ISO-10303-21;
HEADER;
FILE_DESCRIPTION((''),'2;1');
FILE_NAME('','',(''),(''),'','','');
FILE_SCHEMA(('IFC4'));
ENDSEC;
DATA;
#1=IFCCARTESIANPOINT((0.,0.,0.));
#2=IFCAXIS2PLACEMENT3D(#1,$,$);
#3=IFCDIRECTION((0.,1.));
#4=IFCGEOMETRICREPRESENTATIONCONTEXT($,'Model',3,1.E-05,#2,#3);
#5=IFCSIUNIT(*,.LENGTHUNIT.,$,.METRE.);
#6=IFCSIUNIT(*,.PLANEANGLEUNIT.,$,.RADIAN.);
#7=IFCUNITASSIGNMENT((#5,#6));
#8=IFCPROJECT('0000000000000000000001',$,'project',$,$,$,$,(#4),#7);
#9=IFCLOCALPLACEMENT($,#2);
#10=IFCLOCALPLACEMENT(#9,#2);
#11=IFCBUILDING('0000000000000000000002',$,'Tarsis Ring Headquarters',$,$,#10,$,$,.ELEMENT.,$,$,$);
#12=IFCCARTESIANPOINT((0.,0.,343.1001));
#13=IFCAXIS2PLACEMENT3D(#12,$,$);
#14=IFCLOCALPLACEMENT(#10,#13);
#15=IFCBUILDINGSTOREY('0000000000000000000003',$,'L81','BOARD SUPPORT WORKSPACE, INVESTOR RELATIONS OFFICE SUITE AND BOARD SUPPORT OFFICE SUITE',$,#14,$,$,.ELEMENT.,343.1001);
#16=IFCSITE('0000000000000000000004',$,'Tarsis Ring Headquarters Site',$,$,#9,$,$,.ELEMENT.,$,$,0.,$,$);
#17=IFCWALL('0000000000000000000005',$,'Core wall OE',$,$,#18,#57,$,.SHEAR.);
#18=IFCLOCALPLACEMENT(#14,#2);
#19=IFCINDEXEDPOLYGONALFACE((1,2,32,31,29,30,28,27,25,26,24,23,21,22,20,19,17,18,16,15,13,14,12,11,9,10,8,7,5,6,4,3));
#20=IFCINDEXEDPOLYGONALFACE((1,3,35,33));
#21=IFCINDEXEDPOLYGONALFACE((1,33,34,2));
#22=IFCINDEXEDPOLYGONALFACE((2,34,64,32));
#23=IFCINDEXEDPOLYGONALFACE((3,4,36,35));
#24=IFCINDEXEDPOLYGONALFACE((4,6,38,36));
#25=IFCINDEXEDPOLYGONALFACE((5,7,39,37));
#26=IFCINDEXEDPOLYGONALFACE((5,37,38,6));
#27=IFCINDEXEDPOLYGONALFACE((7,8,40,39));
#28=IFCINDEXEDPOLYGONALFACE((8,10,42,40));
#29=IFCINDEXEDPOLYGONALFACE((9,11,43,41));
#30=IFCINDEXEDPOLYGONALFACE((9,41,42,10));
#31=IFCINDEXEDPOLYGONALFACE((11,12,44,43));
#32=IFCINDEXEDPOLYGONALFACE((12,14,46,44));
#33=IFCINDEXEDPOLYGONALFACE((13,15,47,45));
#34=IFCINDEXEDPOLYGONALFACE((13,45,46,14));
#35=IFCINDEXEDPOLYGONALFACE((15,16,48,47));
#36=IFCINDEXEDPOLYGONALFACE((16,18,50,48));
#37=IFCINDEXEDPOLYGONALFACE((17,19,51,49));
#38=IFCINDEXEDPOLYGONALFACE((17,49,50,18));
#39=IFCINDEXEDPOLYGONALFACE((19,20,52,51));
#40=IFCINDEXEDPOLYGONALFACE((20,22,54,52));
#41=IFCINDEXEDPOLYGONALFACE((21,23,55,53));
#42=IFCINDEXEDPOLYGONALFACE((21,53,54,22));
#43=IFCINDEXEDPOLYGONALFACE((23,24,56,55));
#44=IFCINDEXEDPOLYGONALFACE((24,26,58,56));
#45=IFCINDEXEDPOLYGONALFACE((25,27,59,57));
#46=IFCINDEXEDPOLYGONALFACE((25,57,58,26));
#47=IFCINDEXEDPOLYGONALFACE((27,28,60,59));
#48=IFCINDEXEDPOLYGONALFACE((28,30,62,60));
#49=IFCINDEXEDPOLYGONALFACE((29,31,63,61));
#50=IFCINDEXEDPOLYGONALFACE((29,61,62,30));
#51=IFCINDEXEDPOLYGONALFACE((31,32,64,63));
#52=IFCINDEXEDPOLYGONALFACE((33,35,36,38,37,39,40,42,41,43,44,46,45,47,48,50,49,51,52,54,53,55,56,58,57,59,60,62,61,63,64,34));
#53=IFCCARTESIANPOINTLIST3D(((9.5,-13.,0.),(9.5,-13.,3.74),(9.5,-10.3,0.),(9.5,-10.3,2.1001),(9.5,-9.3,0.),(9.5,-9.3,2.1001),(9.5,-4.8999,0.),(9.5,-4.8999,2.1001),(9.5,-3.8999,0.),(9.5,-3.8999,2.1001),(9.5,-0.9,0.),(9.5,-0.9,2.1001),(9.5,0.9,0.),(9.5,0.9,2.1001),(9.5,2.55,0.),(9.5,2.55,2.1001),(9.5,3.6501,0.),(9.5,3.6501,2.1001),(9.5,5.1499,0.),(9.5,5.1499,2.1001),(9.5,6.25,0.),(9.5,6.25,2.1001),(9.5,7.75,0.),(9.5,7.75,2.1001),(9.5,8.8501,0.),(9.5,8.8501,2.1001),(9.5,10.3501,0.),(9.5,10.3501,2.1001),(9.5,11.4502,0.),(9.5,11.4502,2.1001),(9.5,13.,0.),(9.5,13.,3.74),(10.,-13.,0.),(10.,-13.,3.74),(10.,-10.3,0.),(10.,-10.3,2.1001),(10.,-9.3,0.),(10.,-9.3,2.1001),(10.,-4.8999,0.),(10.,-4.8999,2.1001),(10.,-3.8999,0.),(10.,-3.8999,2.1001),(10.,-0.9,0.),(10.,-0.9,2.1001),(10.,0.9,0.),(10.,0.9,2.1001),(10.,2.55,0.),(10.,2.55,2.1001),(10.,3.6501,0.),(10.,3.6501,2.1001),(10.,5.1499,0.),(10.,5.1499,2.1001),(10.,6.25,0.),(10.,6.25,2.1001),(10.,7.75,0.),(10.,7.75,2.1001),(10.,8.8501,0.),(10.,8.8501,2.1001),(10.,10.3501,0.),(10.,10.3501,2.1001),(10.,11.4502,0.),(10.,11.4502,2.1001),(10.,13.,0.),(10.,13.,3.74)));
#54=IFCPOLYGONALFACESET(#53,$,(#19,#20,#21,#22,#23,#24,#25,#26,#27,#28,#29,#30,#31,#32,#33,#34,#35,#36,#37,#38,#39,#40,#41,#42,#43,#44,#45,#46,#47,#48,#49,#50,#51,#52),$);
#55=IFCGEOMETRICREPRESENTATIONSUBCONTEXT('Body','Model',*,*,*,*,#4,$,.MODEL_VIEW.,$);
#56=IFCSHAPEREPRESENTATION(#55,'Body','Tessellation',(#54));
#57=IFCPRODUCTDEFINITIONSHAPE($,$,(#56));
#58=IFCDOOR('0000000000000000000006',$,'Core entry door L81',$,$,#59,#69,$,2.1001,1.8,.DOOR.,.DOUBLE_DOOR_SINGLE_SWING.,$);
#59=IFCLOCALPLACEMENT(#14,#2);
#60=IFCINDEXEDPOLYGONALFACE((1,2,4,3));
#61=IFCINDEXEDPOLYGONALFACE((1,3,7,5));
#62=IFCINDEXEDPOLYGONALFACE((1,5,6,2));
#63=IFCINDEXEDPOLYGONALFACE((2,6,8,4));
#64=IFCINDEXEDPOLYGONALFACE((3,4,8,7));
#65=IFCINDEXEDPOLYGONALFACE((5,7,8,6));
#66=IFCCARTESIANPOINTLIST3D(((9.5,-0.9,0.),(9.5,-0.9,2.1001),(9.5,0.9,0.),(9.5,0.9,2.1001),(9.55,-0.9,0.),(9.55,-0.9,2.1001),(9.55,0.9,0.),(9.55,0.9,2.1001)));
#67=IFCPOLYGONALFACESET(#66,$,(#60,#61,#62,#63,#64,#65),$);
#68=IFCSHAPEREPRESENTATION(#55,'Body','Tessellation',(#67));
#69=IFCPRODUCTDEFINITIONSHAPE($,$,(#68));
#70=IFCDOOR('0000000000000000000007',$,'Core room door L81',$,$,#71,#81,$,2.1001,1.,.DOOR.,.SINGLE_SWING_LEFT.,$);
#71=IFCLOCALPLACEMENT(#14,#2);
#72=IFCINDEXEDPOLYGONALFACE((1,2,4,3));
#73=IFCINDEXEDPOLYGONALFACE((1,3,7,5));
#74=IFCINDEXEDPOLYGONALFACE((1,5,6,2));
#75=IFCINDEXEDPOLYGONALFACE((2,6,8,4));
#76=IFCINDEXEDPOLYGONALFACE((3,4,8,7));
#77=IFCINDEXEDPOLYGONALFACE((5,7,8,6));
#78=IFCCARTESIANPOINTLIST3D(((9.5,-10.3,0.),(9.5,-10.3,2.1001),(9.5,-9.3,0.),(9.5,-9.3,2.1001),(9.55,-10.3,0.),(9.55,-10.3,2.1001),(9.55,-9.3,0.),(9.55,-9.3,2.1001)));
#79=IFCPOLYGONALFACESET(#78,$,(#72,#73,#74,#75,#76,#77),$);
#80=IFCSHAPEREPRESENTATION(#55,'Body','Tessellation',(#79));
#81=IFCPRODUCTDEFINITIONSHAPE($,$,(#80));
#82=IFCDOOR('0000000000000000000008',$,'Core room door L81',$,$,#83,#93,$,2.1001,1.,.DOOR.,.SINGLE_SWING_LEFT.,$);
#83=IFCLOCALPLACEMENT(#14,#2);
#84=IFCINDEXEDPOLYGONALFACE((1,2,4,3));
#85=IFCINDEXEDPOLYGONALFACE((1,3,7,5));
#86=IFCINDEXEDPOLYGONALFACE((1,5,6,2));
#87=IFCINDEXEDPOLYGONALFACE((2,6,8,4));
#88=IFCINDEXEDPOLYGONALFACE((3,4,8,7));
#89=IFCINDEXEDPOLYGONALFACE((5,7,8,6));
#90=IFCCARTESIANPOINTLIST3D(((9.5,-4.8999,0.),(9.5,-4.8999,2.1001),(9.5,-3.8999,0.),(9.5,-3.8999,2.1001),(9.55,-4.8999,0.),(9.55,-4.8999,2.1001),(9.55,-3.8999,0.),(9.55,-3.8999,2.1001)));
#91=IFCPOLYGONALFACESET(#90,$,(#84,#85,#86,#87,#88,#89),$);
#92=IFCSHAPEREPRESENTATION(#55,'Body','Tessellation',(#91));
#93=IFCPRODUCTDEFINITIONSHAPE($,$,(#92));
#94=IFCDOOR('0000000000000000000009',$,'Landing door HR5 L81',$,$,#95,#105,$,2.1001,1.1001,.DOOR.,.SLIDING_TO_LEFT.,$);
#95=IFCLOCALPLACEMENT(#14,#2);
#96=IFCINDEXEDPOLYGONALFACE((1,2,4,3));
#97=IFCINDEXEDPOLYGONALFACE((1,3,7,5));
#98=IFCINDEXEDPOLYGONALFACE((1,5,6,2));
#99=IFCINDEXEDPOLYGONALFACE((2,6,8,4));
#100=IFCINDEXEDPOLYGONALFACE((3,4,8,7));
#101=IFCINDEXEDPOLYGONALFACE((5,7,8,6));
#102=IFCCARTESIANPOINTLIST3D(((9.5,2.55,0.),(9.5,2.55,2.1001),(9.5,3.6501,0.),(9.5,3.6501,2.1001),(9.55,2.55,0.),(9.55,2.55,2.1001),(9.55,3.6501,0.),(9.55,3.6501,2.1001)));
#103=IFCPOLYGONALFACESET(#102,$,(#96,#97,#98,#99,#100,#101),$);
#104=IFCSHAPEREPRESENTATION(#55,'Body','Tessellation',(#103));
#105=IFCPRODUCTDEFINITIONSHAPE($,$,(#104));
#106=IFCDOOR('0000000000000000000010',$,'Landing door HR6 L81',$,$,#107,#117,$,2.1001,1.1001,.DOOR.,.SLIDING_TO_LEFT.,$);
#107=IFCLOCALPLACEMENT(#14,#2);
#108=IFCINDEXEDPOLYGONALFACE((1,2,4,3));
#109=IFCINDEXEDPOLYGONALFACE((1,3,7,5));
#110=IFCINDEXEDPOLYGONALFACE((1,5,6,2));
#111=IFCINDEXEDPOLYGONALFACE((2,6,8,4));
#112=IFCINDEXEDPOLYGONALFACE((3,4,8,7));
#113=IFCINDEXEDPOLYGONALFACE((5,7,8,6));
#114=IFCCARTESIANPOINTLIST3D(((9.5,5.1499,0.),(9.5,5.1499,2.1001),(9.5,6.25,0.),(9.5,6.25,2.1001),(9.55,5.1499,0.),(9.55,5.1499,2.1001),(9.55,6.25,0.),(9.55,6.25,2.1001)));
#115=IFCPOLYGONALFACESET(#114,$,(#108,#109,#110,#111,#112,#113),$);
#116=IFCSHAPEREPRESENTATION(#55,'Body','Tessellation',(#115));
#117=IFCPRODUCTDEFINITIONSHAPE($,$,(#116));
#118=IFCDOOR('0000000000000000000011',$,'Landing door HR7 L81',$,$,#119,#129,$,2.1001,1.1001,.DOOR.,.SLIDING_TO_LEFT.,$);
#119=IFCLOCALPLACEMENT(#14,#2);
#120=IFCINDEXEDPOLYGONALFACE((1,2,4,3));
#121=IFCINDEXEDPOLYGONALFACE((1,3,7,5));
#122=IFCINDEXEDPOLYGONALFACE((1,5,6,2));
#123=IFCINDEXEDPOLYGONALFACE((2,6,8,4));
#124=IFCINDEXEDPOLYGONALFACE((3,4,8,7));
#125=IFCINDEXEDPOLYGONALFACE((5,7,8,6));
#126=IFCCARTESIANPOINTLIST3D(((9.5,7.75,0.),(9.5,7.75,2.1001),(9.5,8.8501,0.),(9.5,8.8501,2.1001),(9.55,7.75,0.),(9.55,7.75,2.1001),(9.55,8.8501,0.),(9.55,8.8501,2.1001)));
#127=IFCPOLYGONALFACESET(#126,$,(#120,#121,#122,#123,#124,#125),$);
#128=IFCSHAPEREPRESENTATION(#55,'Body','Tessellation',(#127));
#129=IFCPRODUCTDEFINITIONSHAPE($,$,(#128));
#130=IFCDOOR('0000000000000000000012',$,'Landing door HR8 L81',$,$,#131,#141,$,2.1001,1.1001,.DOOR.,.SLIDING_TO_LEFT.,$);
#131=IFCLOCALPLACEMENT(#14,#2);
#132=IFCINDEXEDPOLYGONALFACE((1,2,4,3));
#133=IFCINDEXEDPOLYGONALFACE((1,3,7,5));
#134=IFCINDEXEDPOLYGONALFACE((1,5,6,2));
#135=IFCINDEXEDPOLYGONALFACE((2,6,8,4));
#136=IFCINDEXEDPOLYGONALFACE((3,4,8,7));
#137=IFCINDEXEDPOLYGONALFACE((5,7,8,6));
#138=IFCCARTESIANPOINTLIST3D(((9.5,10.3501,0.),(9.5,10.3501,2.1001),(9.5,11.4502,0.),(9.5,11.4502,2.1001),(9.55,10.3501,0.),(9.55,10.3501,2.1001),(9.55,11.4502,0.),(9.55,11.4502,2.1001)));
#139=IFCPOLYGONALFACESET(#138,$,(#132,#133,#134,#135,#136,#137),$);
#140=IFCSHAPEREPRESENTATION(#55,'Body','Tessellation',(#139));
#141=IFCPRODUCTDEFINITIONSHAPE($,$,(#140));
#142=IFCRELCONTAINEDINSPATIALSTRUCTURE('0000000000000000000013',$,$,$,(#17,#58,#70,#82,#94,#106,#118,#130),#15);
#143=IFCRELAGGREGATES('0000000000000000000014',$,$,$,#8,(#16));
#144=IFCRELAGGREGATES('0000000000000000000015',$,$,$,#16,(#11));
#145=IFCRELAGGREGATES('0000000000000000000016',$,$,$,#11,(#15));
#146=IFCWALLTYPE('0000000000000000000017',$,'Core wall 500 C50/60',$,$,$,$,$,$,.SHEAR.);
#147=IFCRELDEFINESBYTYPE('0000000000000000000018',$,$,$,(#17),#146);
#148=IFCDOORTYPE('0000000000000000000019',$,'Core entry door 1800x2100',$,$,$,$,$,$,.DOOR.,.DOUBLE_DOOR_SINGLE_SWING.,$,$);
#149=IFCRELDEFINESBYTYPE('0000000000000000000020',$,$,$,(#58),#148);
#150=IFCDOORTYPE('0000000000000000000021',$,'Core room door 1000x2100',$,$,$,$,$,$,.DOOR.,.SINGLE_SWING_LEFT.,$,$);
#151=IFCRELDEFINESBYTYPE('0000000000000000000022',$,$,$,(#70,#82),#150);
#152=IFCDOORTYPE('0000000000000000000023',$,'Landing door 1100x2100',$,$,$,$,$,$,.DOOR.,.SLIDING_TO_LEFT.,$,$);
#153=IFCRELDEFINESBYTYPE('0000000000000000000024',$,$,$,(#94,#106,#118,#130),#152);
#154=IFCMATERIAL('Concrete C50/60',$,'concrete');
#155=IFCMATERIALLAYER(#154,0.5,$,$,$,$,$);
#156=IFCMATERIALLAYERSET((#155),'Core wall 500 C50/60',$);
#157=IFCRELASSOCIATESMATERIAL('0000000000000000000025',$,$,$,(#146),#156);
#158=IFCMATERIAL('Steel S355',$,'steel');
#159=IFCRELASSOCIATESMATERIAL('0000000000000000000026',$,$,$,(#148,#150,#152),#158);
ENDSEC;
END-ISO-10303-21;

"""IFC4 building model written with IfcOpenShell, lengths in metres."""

from ifc_helpers import new_model, si_unit, direction, frame, frame_2d, origin, place, context, subcontext, project, spatial, rectangle, extrude, material, layer, layer_set, type_object, element, fill, save


model = new_model("IFC4")

# Units and contexts
model_context = context("Model", 3, precision=1e-05, world=origin(), true_north=direction((0.0, 1.0)))
body_context = subcontext(model_context, "Body", "Model", "MODEL_VIEW")
ifc_project = project(units=[si_unit("LENGTHUNIT", "METRE"), si_unit("PLANEANGLEUNIT", "RADIAN")], contexts=[model_context])

# Site, building, storey
site_placement = place(None, origin())
site = spatial("IfcSite", under=ifc_project, at=site_placement, Name="Tarsis Ring Headquarters Site", CompositionType="ELEMENT", RefElevation=0.0)
building_placement = place(site_placement, origin())
building = spatial("IfcBuilding", under=site, at=building_placement, Name="Tarsis Ring Headquarters", CompositionType="ELEMENT")
storey_placement = place(building_placement, frame((0.0, 0.0, 343.1001)))
storey = spatial("IfcBuildingStorey", under=building, at=storey_placement, Name="L81", Description="BOARD SUPPORT WORKSPACE, INVESTOR RELATIONS OFFICE SUITE AND BOARD SUPPORT OFFICE SUITE", CompositionType="ELEMENT", Elevation=343.1001)

# Wall, openings, doors
ifc_material_1 = material(Name="Concrete C50/60", Category="concrete")
ifc_layer_1 = layer(ifc_material_1, 0.5)
ifc_layer_set_1 = layer_set([ifc_layer_1], Name="Core wall 500 C50/60")
wall_type_1 = type_object("IfcWallType", Name="Core wall 500 C50/60", PredefinedType="SHEAR", material=ifc_layer_set_1)
wall_1_placement = place(storey_placement, frame((9.75, -13.0, 0.0), z_axis=(0.0, 0.0, 1.0), x_axis=(0.0, 1.0, 0.0)))
wall_1 = element("IfcWall", 1, at=wall_1_placement, inside=storey, type_object=wall_type_1, Name="Core wall OE", PredefinedType="SHEAR", context=body_context, shape_type="SweptSolid", body=[
    extrude(rectangle(XDim=26.0, YDim=0.5, at=frame_2d((13.0, 0.0))), origin(), (0.0, 0.0, 1.0), 3.74),
])
opening_1_placement = place(wall_1_placement, frame((2.7, 0.0, 0.0)))
opening_1 = element("IfcOpeningElement", 2, at=opening_1_placement, cuts=wall_1, PredefinedType="OPENING", context=body_context, shape_type="SweptSolid", body=[
    extrude(rectangle(XDim=1.0, YDim=2.1001, at=frame_2d((0.5, 1.05))), frame((0.0, 0.26, 0.0), z_axis=(0.0, -1.0, 0.0), x_axis=(1.0, 0.0, 0.0)), (0.0, 0.0, 1.0), 0.52),
])
opening_2_placement = place(wall_1_placement, frame((8.1001, 0.0, 0.0)))
opening_2 = element("IfcOpeningElement", 3, at=opening_2_placement, cuts=wall_1, PredefinedType="OPENING", context=body_context, shape_type="SweptSolid", body=[
    extrude(rectangle(XDim=1.0, YDim=2.1001, at=frame_2d((0.5, 1.05))), frame((0.0, 0.26, 0.0), z_axis=(0.0, -1.0, 0.0), x_axis=(1.0, 0.0, 0.0)), (0.0, 0.0, 1.0), 0.52),
])
opening_3_placement = place(wall_1_placement, frame((12.1001, 0.0, 0.0)))
opening_3 = element("IfcOpeningElement", 4, at=opening_3_placement, cuts=wall_1, PredefinedType="OPENING", context=body_context, shape_type="SweptSolid", body=[
    extrude(rectangle(XDim=1.8, YDim=2.1001, at=frame_2d((0.8999, 1.05))), frame((0.0, 0.26, 0.0), z_axis=(0.0, -1.0, 0.0), x_axis=(1.0, 0.0, 0.0)), (0.0, 0.0, 1.0), 0.52),
])
opening_4_placement = place(wall_1_placement, frame((15.55, 0.0, 0.0)))
opening_4 = element("IfcOpeningElement", 5, at=opening_4_placement, cuts=wall_1, PredefinedType="OPENING", context=body_context, shape_type="SweptSolid", body=[
    extrude(rectangle(XDim=1.1001, YDim=2.1001, at=frame_2d((0.55, 1.05))), frame((0.0, 0.26, 0.0), z_axis=(0.0, -1.0, 0.0), x_axis=(1.0, 0.0, 0.0)), (0.0, 0.0, 1.0), 0.52),
])
opening_5_placement = place(wall_1_placement, frame((18.1499, 0.0, 0.0)))
opening_5 = element("IfcOpeningElement", 6, at=opening_5_placement, cuts=wall_1, PredefinedType="OPENING", context=body_context, shape_type="SweptSolid", body=[
    extrude(rectangle(XDim=1.1001, YDim=2.1001, at=frame_2d((0.55, 1.05))), frame((0.0, 0.26, 0.0), z_axis=(0.0, -1.0, 0.0), x_axis=(1.0, 0.0, 0.0)), (0.0, 0.0, 1.0), 0.52),
])
opening_6_placement = place(wall_1_placement, frame((20.75, 0.0, 0.0)))
opening_6 = element("IfcOpeningElement", 7, at=opening_6_placement, cuts=wall_1, PredefinedType="OPENING", context=body_context, shape_type="SweptSolid", body=[
    extrude(rectangle(XDim=1.1001, YDim=2.1001, at=frame_2d((0.55, 1.05))), frame((0.0, 0.26, 0.0), z_axis=(0.0, -1.0, 0.0), x_axis=(1.0, 0.0, 0.0)), (0.0, 0.0, 1.0), 0.52),
])
opening_7_placement = place(wall_1_placement, frame((23.3501, 0.0, 0.0)))
opening_7 = element("IfcOpeningElement", 8, at=opening_7_placement, cuts=wall_1, PredefinedType="OPENING", context=body_context, shape_type="SweptSolid", body=[
    extrude(rectangle(XDim=1.1001, YDim=2.1001, at=frame_2d((0.55, 1.05))), frame((0.0, 0.26, 0.0), z_axis=(0.0, -1.0, 0.0), x_axis=(1.0, 0.0, 0.0)), (0.0, 0.0, 1.0), 0.52),
])
ifc_material_2 = material(Name="Steel S355", Category="steel")
door_type_1 = type_object("IfcDoorType", Name="Core entry door 1800x2100", OperationType="DOUBLE_DOOR_SINGLE_SWING", PredefinedType="DOOR", material=ifc_material_2)
door_1_placement = place(opening_3_placement, origin())
door_1 = element("IfcDoor", 9, at=door_1_placement, inside=storey, type_object=door_type_1, Name="Core entry door L81", OperationType="DOUBLE_DOOR_SINGLE_SWING", OverallHeight=2.1001, OverallWidth=1.8, PredefinedType="DOOR", context=body_context, shape_type="SweptSolid", body=[
    extrude(rectangle(XDim=1.8, YDim=2.1001, at=frame_2d((0.8999, 1.05))), frame((0.0, 0.25, 0.0), z_axis=(0.0, -1.0, 0.0), x_axis=(1.0, 0.0, 0.0)), (0.0, 0.0, 1.0), 0.05),
])
fill(opening_3, door_1)
door_type_2 = type_object("IfcDoorType", Name="Core room door 1000x2100", OperationType="SINGLE_SWING_LEFT", PredefinedType="DOOR", material=ifc_material_2)
door_2_placement = place(opening_1_placement, origin())
door_2 = element("IfcDoor", 10, at=door_2_placement, inside=storey, type_object=door_type_2, Name="Core room door L81", OperationType="SINGLE_SWING_LEFT", OverallHeight=2.1001, OverallWidth=1.0, PredefinedType="DOOR", context=body_context, shape_type="SweptSolid", body=[
    extrude(rectangle(XDim=1.0, YDim=2.1001, at=frame_2d((0.5, 1.05))), frame((0.0, 0.25, 0.0), z_axis=(0.0, -1.0, 0.0), x_axis=(1.0, 0.0, 0.0)), (0.0, 0.0, 1.0), 0.05),
])
fill(opening_1, door_2)
door_3_placement = place(opening_2_placement, origin())
door_3 = element("IfcDoor", 11, at=door_3_placement, inside=storey, type_object=door_type_2, Name="Core room door L81", OperationType="SINGLE_SWING_LEFT", OverallHeight=2.1001, OverallWidth=1.0, PredefinedType="DOOR", context=body_context, shape_type="SweptSolid", body=[
    extrude(rectangle(XDim=1.0, YDim=2.1001, at=frame_2d((0.5, 1.05))), frame((0.0, 0.25, 0.0), z_axis=(0.0, -1.0, 0.0), x_axis=(1.0, 0.0, 0.0)), (0.0, 0.0, 1.0), 0.05),
])
fill(opening_2, door_3)
door_type_3 = type_object("IfcDoorType", Name="Landing door 1100x2100", OperationType="SLIDING_TO_LEFT", PredefinedType="DOOR", material=ifc_material_2)
door_4_placement = place(opening_4_placement, origin())
door_4 = element("IfcDoor", 12, at=door_4_placement, inside=storey, type_object=door_type_3, Name="Landing door HR5 L81", OperationType="SLIDING_TO_LEFT", OverallHeight=2.1001, OverallWidth=1.1001, PredefinedType="DOOR", context=body_context, shape_type="SweptSolid", body=[
    extrude(rectangle(XDim=1.1001, YDim=2.1001, at=frame_2d((0.55, 1.05))), frame((0.0, 0.25, 0.0), z_axis=(0.0, -1.0, 0.0), x_axis=(1.0, 0.0, 0.0)), (0.0, 0.0, 1.0), 0.05),
])
fill(opening_4, door_4)
door_5_placement = place(opening_5_placement, origin())
door_5 = element("IfcDoor", 13, at=door_5_placement, inside=storey, type_object=door_type_3, Name="Landing door HR6 L81", OperationType="SLIDING_TO_LEFT", OverallHeight=2.1001, OverallWidth=1.1001, PredefinedType="DOOR", context=body_context, shape_type="SweptSolid", body=[
    extrude(rectangle(XDim=1.1001, YDim=2.1001, at=frame_2d((0.55, 1.05))), frame((0.0, 0.25, 0.0), z_axis=(0.0, -1.0, 0.0), x_axis=(1.0, 0.0, 0.0)), (0.0, 0.0, 1.0), 0.05),
])
fill(opening_5, door_5)
door_6_placement = place(opening_6_placement, origin())
door_6 = element("IfcDoor", 14, at=door_6_placement, inside=storey, type_object=door_type_3, Name="Landing door HR7 L81", OperationType="SLIDING_TO_LEFT", OverallHeight=2.1001, OverallWidth=1.1001, PredefinedType="DOOR", context=body_context, shape_type="SweptSolid", body=[
    extrude(rectangle(XDim=1.1001, YDim=2.1001, at=frame_2d((0.55, 1.05))), frame((0.0, 0.25, 0.0), z_axis=(0.0, -1.0, 0.0), x_axis=(1.0, 0.0, 0.0)), (0.0, 0.0, 1.0), 0.05),
])
fill(opening_6, door_6)
door_7_placement = place(opening_7_placement, origin())
door_7 = element("IfcDoor", 15, at=door_7_placement, inside=storey, type_object=door_type_3, Name="Landing door HR8 L81", OperationType="SLIDING_TO_LEFT", OverallHeight=2.1001, OverallWidth=1.1001, PredefinedType="DOOR", context=body_context, shape_type="SweptSolid", body=[
    extrude(rectangle(XDim=1.1001, YDim=2.1001, at=frame_2d((0.55, 1.05))), frame((0.0, 0.25, 0.0), z_axis=(0.0, -1.0, 0.0), x_axis=(1.0, 0.0, 0.0)), (0.0, 0.0, 1.0), 0.05),
])
fill(opening_7, door_7)

save(model, "model.ifc")
